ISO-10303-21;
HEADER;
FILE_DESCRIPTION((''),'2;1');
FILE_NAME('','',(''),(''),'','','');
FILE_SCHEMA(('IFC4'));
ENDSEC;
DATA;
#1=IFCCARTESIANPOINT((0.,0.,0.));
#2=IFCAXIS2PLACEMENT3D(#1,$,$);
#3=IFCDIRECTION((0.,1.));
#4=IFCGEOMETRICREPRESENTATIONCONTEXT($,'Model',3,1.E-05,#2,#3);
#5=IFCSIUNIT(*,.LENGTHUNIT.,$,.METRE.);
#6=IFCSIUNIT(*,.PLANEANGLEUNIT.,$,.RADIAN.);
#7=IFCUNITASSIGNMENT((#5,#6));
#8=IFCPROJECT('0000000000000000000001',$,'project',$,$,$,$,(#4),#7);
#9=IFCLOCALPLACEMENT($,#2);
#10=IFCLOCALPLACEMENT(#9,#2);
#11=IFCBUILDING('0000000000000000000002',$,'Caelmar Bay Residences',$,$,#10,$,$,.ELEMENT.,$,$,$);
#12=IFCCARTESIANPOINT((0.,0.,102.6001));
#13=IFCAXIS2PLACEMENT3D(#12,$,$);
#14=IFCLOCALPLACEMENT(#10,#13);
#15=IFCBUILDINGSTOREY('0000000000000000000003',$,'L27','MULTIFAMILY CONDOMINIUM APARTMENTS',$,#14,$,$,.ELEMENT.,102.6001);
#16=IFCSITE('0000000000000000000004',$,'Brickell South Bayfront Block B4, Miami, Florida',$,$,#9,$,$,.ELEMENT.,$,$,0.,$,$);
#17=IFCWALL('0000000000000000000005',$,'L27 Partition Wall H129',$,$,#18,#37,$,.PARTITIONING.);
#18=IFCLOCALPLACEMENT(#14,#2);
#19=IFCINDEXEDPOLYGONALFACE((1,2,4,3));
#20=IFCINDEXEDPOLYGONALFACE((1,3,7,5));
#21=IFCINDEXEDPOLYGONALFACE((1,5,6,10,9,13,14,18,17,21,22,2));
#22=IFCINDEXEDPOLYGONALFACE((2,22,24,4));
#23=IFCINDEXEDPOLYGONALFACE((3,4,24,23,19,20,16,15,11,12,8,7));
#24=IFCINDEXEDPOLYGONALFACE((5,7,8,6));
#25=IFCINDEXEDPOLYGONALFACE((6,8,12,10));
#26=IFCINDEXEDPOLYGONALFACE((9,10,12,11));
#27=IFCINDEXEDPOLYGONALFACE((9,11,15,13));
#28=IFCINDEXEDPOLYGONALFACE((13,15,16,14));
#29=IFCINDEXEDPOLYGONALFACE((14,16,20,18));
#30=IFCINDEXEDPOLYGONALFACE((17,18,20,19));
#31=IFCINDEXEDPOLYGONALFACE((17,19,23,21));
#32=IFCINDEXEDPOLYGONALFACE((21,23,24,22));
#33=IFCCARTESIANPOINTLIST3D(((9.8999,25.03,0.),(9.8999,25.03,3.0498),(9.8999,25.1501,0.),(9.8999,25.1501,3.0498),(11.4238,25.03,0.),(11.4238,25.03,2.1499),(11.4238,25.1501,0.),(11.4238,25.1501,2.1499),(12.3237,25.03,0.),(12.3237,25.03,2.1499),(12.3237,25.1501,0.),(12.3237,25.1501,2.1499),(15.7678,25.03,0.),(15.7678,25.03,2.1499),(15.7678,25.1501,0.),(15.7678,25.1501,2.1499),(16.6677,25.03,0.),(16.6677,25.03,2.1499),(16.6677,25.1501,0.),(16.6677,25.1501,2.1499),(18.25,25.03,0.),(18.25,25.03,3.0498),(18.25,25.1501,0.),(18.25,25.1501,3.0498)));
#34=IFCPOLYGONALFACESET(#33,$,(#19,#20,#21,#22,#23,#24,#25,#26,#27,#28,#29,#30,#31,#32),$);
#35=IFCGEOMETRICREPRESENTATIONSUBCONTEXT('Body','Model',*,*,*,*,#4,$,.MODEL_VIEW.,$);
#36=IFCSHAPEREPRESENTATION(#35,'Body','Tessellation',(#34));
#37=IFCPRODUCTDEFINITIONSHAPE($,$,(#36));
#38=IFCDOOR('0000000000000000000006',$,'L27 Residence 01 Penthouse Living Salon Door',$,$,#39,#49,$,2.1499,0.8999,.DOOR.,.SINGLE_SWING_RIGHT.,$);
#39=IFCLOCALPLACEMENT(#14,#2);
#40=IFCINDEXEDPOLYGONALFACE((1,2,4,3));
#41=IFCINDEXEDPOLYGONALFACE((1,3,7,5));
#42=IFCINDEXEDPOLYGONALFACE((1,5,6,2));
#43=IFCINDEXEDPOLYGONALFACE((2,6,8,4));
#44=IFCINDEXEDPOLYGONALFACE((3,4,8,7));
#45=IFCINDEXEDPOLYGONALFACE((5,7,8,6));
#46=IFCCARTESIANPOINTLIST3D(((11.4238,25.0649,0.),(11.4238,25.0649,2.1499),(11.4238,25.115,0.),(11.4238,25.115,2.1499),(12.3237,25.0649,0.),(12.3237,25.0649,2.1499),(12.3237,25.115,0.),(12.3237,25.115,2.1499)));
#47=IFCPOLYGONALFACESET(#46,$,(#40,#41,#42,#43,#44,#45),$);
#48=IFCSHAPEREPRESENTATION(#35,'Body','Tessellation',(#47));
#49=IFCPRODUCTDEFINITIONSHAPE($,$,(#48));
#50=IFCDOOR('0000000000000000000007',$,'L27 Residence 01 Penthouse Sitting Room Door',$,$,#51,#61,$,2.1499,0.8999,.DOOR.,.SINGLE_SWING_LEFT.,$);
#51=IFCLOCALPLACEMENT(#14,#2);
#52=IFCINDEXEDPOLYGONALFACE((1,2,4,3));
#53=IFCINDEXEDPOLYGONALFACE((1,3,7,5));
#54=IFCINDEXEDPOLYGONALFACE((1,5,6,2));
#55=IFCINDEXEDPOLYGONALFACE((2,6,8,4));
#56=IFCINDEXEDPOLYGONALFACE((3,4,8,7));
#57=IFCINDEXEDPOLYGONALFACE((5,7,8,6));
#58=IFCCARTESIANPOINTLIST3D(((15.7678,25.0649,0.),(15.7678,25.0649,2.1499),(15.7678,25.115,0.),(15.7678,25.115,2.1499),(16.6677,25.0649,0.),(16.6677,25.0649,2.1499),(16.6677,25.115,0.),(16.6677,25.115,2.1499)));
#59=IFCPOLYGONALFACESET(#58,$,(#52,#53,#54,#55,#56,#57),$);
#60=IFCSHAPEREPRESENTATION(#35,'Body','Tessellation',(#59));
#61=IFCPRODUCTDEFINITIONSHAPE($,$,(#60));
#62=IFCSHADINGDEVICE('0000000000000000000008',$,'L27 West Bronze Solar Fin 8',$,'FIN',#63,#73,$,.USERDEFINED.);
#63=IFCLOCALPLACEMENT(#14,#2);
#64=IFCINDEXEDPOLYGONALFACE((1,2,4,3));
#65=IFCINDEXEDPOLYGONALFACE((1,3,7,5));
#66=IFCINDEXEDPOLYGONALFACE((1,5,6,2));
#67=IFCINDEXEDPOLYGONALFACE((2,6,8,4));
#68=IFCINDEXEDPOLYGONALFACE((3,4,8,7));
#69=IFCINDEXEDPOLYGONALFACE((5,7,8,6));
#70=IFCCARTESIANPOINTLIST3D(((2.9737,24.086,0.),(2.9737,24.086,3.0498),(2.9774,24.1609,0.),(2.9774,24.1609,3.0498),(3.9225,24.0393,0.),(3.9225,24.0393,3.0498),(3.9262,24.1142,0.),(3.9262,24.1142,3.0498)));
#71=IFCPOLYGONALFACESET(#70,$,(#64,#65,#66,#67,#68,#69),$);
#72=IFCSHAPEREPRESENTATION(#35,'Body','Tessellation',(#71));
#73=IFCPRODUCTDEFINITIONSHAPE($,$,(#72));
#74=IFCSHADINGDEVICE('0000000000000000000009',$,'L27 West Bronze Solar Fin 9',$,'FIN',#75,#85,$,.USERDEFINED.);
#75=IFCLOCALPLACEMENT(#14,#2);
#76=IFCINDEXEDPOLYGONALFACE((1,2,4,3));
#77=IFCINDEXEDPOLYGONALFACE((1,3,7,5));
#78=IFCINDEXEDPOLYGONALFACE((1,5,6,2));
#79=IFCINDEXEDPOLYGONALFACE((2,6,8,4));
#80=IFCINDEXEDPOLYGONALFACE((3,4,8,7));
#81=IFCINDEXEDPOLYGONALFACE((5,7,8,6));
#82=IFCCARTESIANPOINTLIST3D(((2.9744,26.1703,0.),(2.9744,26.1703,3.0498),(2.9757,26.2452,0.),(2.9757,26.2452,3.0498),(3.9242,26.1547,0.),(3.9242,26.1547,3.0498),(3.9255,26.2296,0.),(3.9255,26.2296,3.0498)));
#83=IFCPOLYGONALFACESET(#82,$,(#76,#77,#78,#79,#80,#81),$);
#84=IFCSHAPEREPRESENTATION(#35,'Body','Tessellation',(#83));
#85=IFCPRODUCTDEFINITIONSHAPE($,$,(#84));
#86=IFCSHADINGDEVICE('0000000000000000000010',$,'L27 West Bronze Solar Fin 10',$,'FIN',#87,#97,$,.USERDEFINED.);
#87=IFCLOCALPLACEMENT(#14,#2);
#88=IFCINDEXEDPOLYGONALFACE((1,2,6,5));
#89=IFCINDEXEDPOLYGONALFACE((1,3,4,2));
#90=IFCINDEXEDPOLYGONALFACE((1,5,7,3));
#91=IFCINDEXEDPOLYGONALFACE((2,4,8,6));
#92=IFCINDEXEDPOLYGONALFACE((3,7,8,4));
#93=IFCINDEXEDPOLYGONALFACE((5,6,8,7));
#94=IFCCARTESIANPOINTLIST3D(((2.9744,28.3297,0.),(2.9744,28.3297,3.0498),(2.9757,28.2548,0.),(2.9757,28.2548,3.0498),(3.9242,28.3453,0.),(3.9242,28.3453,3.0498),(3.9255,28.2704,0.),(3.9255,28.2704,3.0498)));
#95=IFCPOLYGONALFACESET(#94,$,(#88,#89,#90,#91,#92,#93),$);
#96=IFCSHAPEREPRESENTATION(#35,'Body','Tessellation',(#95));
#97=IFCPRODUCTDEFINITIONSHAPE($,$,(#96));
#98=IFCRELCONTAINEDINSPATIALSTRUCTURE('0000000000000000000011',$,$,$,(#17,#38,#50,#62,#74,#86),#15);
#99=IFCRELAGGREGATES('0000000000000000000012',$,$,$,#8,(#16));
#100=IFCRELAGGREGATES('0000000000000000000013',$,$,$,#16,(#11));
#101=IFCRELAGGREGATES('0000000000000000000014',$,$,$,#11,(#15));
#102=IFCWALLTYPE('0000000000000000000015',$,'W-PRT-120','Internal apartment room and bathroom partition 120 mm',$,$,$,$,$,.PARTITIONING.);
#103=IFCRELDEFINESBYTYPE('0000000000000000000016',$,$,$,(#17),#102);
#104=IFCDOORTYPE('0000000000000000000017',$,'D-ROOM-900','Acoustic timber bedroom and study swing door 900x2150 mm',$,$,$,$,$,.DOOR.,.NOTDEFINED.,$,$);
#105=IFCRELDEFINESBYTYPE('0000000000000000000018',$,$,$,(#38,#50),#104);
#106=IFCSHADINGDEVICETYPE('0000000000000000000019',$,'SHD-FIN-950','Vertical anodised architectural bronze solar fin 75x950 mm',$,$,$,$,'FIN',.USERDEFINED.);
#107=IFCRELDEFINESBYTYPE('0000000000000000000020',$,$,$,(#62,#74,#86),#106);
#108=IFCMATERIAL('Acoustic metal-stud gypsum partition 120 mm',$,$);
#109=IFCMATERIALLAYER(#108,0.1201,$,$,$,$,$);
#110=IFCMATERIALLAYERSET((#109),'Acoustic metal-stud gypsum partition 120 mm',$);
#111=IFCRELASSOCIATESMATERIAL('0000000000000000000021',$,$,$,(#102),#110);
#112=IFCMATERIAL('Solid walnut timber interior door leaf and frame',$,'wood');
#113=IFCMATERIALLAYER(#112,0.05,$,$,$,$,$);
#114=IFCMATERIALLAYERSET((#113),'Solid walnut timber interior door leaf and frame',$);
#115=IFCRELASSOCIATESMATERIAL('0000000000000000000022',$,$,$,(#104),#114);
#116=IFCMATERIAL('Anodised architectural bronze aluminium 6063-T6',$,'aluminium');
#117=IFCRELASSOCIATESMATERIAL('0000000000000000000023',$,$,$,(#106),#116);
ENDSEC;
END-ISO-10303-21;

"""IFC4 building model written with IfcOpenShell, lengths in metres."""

from ifc_helpers import new_model, si_unit, direction, frame, frame_2d, origin, origin_2d, place, context, subcontext, project, spatial, rectangle, extrude, material, layer, layer_set, material_profile, profile_set, type_object, element, fill, save


model = new_model("IFC4")

# Units and contexts
model_context = context("Model", 3, precision=1e-05, world=origin(), true_north=direction((0.0, 1.0)))
body_context = subcontext(model_context, "Body", "Model", "MODEL_VIEW")
ifc_project = project(units=[si_unit("LENGTHUNIT", "METRE"), si_unit("PLANEANGLEUNIT", "RADIAN")], contexts=[model_context])

# Site, building, storey
site_placement = place(None, origin())
site = spatial("IfcSite", under=ifc_project, at=site_placement, Name="Brickell South Bayfront Block B4, Miami, Florida", CompositionType="ELEMENT", RefElevation=0.0)
building_placement = place(site_placement, origin())
building = spatial("IfcBuilding", under=site, at=building_placement, Name="Caelmar Bay Residences", CompositionType="ELEMENT")
storey_placement = place(building_placement, frame((0.0, 0.0, 102.6001)))
storey = spatial("IfcBuildingStorey", under=building, at=storey_placement, Name="L27", Description="MULTIFAMILY CONDOMINIUM APARTMENTS", CompositionType="ELEMENT", Elevation=102.6001)

# Shared definitions
ifc_material_1 = material(Name="Acoustic metal-stud gypsum partition 120 mm")
ifc_layer_1 = layer(ifc_material_1, 0.1201)
ifc_layer_set_1 = layer_set([ifc_layer_1], Name="Acoustic metal-stud gypsum partition 120 mm")
wall_type_1 = type_object("IfcWallType", Name="W-PRT-120", Description="Internal apartment room and bathroom partition 120 mm", PredefinedType="PARTITIONING", material=ifc_layer_set_1)

# Shared definitions
ifc_material_2 = material(Name="Solid walnut timber interior door leaf and frame", Category="wood")
ifc_layer_2 = layer(ifc_material_2, 0.05)
ifc_layer_set_2 = layer_set([ifc_layer_2], Name="Solid walnut timber interior door leaf and frame")
door_type = type_object("IfcDoorType", Name="D-ROOM-900", Description="Acoustic timber bedroom and study swing door 900x2150 mm", OperationType="NOTDEFINED", PredefinedType="DOOR", material=ifc_layer_set_2)

# Wall, openings, doors
wall_1_placement = place(storey_placement, frame((9.8999, 25.0901, 0.0), z_axis=(0.0, 0.0, 1.0), x_axis=(1.0, 0.0, 0.0)))
wall_1 = element("IfcWall", 1, at=wall_1_placement, inside=storey, type_object=wall_type_1, Name="L27 Partition Wall H129", PredefinedType="PARTITIONING", context=body_context, shape_type="SweptSolid", body=[
    extrude(rectangle(XDim=8.3501, YDim=0.1201, at=frame_2d((4.175, 0.0))), origin(), (0.0, 0.0, 1.0), 3.0498),
])
opening_1_placement = place(wall_1_placement, frame((1.5239, 0.0, 0.0)))
opening_1 = element("IfcOpeningElement", 2, at=opening_1_placement, cuts=wall_1, PredefinedType="OPENING", context=body_context, shape_type="SweptSolid", body=[
    extrude(rectangle(XDim=0.8999, YDim=2.1499, at=frame_2d((0.45, 1.075))), frame((0.0, 0.0701, 0.0), z_axis=(0.0, -1.0, 0.0), x_axis=(1.0, 0.0, 0.0)), (0.0, 0.0, 1.0), 0.1401),
])
opening_2_placement = place(wall_1_placement, frame((5.8679, 0.0, 0.0)))
opening_2 = element("IfcOpeningElement", 3, at=opening_2_placement, cuts=wall_1, PredefinedType="OPENING", context=body_context, shape_type="SweptSolid", body=[
    extrude(rectangle(XDim=0.8999, YDim=2.1499, at=frame_2d((0.45, 1.075))), frame((0.0, 0.0701, 0.0), z_axis=(0.0, -1.0, 0.0), x_axis=(1.0, 0.0, 0.0)), (0.0, 0.0, 1.0), 0.1401),
])
door_1_placement = place(opening_1_placement, origin())
door_1 = element("IfcDoor", 4, at=door_1_placement, inside=storey, type_object=door_type, Name="L27 Residence 01 Penthouse Living Salon Door", OperationType="SINGLE_SWING_RIGHT", OverallHeight=2.1499, OverallWidth=0.8999, PredefinedType="DOOR", context=body_context, shape_type="SweptSolid", body=[
    extrude(rectangle(XDim=0.8999, YDim=2.1499, at=frame_2d((0.45, 1.075))), frame((0.0, 0.0249, 0.0), z_axis=(0.0, -1.0, 0.0), x_axis=(1.0, 0.0, 0.0)), (0.0, 0.0, 1.0), 0.05),
])
fill(opening_1, door_1)
door_2_placement = place(opening_2_placement, origin())
door_2 = element("IfcDoor", 5, at=door_2_placement, inside=storey, type_object=door_type, Name="L27 Residence 01 Penthouse Sitting Room Door", OperationType="SINGLE_SWING_LEFT", OverallHeight=2.1499, OverallWidth=0.8999, PredefinedType="DOOR", context=body_context, shape_type="SweptSolid", body=[
    extrude(rectangle(XDim=0.8999, YDim=2.1499, at=frame_2d((0.45, 1.075))), frame((0.0, 0.0249, 0.0), z_axis=(0.0, -1.0, 0.0), x_axis=(1.0, 0.0, 0.0)), (0.0, 0.0, 1.0), 0.05),
])
fill(opening_2, door_2)

# Shading devices
ifc_material_3 = material(Name="Anodised architectural bronze aluminium 6063-T6", Category="aluminium")
ifc_material_profile_1 = material_profile(ifc_material_3, rectangle(XDim=0.075, YDim=0.95, at=origin_2d()), Name="BRONZE-FIN-75X950")
ifc_profile_set_1 = profile_set([ifc_material_profile_1], Name="Anodised architectural bronze aluminium 6063-T6")
shading_device_type = type_object("IfcShadingDeviceType", Name="SHD-FIN-950", Description="Vertical anodised architectural bronze solar fin 75x950 mm", ElementType="FIN", PredefinedType="USERDEFINED", material=ifc_profile_set_1)
for number, where, z_axis, x_axis, name in (
    (6, (3.45, 24.1001, 0.0), (0.0, 0.0, 1.0), (0.049198, 0.998789, 0.0), "L27 West Bronze Solar Fin 8"),
    (7, (3.45, 26.2, 0.0), (0.0, 0.0, 1.0), (0.016405, 0.999865, 0.0), "L27 West Bronze Solar Fin 9"),
    (8, (3.45, 28.3, 0.0), (0.0, 0.0, 1.0), (-0.016405, 0.999865, 0.0), "L27 West Bronze Solar Fin 10"),
):
    element("IfcShadingDevice", number, at=place(storey_placement, frame(where, z_axis=z_axis, x_axis=x_axis)), inside=storey, type_object=shading_device_type, Name=name, ObjectType="FIN", PredefinedType="USERDEFINED", context=body_context, shape_type="SweptSolid", body=[
        extrude(rectangle(XDim=0.075, YDim=0.95, at=origin_2d()), origin(), (0.0, 0.0, 1.0), 3.0498),
    ])

save(model, "model.ifc")
